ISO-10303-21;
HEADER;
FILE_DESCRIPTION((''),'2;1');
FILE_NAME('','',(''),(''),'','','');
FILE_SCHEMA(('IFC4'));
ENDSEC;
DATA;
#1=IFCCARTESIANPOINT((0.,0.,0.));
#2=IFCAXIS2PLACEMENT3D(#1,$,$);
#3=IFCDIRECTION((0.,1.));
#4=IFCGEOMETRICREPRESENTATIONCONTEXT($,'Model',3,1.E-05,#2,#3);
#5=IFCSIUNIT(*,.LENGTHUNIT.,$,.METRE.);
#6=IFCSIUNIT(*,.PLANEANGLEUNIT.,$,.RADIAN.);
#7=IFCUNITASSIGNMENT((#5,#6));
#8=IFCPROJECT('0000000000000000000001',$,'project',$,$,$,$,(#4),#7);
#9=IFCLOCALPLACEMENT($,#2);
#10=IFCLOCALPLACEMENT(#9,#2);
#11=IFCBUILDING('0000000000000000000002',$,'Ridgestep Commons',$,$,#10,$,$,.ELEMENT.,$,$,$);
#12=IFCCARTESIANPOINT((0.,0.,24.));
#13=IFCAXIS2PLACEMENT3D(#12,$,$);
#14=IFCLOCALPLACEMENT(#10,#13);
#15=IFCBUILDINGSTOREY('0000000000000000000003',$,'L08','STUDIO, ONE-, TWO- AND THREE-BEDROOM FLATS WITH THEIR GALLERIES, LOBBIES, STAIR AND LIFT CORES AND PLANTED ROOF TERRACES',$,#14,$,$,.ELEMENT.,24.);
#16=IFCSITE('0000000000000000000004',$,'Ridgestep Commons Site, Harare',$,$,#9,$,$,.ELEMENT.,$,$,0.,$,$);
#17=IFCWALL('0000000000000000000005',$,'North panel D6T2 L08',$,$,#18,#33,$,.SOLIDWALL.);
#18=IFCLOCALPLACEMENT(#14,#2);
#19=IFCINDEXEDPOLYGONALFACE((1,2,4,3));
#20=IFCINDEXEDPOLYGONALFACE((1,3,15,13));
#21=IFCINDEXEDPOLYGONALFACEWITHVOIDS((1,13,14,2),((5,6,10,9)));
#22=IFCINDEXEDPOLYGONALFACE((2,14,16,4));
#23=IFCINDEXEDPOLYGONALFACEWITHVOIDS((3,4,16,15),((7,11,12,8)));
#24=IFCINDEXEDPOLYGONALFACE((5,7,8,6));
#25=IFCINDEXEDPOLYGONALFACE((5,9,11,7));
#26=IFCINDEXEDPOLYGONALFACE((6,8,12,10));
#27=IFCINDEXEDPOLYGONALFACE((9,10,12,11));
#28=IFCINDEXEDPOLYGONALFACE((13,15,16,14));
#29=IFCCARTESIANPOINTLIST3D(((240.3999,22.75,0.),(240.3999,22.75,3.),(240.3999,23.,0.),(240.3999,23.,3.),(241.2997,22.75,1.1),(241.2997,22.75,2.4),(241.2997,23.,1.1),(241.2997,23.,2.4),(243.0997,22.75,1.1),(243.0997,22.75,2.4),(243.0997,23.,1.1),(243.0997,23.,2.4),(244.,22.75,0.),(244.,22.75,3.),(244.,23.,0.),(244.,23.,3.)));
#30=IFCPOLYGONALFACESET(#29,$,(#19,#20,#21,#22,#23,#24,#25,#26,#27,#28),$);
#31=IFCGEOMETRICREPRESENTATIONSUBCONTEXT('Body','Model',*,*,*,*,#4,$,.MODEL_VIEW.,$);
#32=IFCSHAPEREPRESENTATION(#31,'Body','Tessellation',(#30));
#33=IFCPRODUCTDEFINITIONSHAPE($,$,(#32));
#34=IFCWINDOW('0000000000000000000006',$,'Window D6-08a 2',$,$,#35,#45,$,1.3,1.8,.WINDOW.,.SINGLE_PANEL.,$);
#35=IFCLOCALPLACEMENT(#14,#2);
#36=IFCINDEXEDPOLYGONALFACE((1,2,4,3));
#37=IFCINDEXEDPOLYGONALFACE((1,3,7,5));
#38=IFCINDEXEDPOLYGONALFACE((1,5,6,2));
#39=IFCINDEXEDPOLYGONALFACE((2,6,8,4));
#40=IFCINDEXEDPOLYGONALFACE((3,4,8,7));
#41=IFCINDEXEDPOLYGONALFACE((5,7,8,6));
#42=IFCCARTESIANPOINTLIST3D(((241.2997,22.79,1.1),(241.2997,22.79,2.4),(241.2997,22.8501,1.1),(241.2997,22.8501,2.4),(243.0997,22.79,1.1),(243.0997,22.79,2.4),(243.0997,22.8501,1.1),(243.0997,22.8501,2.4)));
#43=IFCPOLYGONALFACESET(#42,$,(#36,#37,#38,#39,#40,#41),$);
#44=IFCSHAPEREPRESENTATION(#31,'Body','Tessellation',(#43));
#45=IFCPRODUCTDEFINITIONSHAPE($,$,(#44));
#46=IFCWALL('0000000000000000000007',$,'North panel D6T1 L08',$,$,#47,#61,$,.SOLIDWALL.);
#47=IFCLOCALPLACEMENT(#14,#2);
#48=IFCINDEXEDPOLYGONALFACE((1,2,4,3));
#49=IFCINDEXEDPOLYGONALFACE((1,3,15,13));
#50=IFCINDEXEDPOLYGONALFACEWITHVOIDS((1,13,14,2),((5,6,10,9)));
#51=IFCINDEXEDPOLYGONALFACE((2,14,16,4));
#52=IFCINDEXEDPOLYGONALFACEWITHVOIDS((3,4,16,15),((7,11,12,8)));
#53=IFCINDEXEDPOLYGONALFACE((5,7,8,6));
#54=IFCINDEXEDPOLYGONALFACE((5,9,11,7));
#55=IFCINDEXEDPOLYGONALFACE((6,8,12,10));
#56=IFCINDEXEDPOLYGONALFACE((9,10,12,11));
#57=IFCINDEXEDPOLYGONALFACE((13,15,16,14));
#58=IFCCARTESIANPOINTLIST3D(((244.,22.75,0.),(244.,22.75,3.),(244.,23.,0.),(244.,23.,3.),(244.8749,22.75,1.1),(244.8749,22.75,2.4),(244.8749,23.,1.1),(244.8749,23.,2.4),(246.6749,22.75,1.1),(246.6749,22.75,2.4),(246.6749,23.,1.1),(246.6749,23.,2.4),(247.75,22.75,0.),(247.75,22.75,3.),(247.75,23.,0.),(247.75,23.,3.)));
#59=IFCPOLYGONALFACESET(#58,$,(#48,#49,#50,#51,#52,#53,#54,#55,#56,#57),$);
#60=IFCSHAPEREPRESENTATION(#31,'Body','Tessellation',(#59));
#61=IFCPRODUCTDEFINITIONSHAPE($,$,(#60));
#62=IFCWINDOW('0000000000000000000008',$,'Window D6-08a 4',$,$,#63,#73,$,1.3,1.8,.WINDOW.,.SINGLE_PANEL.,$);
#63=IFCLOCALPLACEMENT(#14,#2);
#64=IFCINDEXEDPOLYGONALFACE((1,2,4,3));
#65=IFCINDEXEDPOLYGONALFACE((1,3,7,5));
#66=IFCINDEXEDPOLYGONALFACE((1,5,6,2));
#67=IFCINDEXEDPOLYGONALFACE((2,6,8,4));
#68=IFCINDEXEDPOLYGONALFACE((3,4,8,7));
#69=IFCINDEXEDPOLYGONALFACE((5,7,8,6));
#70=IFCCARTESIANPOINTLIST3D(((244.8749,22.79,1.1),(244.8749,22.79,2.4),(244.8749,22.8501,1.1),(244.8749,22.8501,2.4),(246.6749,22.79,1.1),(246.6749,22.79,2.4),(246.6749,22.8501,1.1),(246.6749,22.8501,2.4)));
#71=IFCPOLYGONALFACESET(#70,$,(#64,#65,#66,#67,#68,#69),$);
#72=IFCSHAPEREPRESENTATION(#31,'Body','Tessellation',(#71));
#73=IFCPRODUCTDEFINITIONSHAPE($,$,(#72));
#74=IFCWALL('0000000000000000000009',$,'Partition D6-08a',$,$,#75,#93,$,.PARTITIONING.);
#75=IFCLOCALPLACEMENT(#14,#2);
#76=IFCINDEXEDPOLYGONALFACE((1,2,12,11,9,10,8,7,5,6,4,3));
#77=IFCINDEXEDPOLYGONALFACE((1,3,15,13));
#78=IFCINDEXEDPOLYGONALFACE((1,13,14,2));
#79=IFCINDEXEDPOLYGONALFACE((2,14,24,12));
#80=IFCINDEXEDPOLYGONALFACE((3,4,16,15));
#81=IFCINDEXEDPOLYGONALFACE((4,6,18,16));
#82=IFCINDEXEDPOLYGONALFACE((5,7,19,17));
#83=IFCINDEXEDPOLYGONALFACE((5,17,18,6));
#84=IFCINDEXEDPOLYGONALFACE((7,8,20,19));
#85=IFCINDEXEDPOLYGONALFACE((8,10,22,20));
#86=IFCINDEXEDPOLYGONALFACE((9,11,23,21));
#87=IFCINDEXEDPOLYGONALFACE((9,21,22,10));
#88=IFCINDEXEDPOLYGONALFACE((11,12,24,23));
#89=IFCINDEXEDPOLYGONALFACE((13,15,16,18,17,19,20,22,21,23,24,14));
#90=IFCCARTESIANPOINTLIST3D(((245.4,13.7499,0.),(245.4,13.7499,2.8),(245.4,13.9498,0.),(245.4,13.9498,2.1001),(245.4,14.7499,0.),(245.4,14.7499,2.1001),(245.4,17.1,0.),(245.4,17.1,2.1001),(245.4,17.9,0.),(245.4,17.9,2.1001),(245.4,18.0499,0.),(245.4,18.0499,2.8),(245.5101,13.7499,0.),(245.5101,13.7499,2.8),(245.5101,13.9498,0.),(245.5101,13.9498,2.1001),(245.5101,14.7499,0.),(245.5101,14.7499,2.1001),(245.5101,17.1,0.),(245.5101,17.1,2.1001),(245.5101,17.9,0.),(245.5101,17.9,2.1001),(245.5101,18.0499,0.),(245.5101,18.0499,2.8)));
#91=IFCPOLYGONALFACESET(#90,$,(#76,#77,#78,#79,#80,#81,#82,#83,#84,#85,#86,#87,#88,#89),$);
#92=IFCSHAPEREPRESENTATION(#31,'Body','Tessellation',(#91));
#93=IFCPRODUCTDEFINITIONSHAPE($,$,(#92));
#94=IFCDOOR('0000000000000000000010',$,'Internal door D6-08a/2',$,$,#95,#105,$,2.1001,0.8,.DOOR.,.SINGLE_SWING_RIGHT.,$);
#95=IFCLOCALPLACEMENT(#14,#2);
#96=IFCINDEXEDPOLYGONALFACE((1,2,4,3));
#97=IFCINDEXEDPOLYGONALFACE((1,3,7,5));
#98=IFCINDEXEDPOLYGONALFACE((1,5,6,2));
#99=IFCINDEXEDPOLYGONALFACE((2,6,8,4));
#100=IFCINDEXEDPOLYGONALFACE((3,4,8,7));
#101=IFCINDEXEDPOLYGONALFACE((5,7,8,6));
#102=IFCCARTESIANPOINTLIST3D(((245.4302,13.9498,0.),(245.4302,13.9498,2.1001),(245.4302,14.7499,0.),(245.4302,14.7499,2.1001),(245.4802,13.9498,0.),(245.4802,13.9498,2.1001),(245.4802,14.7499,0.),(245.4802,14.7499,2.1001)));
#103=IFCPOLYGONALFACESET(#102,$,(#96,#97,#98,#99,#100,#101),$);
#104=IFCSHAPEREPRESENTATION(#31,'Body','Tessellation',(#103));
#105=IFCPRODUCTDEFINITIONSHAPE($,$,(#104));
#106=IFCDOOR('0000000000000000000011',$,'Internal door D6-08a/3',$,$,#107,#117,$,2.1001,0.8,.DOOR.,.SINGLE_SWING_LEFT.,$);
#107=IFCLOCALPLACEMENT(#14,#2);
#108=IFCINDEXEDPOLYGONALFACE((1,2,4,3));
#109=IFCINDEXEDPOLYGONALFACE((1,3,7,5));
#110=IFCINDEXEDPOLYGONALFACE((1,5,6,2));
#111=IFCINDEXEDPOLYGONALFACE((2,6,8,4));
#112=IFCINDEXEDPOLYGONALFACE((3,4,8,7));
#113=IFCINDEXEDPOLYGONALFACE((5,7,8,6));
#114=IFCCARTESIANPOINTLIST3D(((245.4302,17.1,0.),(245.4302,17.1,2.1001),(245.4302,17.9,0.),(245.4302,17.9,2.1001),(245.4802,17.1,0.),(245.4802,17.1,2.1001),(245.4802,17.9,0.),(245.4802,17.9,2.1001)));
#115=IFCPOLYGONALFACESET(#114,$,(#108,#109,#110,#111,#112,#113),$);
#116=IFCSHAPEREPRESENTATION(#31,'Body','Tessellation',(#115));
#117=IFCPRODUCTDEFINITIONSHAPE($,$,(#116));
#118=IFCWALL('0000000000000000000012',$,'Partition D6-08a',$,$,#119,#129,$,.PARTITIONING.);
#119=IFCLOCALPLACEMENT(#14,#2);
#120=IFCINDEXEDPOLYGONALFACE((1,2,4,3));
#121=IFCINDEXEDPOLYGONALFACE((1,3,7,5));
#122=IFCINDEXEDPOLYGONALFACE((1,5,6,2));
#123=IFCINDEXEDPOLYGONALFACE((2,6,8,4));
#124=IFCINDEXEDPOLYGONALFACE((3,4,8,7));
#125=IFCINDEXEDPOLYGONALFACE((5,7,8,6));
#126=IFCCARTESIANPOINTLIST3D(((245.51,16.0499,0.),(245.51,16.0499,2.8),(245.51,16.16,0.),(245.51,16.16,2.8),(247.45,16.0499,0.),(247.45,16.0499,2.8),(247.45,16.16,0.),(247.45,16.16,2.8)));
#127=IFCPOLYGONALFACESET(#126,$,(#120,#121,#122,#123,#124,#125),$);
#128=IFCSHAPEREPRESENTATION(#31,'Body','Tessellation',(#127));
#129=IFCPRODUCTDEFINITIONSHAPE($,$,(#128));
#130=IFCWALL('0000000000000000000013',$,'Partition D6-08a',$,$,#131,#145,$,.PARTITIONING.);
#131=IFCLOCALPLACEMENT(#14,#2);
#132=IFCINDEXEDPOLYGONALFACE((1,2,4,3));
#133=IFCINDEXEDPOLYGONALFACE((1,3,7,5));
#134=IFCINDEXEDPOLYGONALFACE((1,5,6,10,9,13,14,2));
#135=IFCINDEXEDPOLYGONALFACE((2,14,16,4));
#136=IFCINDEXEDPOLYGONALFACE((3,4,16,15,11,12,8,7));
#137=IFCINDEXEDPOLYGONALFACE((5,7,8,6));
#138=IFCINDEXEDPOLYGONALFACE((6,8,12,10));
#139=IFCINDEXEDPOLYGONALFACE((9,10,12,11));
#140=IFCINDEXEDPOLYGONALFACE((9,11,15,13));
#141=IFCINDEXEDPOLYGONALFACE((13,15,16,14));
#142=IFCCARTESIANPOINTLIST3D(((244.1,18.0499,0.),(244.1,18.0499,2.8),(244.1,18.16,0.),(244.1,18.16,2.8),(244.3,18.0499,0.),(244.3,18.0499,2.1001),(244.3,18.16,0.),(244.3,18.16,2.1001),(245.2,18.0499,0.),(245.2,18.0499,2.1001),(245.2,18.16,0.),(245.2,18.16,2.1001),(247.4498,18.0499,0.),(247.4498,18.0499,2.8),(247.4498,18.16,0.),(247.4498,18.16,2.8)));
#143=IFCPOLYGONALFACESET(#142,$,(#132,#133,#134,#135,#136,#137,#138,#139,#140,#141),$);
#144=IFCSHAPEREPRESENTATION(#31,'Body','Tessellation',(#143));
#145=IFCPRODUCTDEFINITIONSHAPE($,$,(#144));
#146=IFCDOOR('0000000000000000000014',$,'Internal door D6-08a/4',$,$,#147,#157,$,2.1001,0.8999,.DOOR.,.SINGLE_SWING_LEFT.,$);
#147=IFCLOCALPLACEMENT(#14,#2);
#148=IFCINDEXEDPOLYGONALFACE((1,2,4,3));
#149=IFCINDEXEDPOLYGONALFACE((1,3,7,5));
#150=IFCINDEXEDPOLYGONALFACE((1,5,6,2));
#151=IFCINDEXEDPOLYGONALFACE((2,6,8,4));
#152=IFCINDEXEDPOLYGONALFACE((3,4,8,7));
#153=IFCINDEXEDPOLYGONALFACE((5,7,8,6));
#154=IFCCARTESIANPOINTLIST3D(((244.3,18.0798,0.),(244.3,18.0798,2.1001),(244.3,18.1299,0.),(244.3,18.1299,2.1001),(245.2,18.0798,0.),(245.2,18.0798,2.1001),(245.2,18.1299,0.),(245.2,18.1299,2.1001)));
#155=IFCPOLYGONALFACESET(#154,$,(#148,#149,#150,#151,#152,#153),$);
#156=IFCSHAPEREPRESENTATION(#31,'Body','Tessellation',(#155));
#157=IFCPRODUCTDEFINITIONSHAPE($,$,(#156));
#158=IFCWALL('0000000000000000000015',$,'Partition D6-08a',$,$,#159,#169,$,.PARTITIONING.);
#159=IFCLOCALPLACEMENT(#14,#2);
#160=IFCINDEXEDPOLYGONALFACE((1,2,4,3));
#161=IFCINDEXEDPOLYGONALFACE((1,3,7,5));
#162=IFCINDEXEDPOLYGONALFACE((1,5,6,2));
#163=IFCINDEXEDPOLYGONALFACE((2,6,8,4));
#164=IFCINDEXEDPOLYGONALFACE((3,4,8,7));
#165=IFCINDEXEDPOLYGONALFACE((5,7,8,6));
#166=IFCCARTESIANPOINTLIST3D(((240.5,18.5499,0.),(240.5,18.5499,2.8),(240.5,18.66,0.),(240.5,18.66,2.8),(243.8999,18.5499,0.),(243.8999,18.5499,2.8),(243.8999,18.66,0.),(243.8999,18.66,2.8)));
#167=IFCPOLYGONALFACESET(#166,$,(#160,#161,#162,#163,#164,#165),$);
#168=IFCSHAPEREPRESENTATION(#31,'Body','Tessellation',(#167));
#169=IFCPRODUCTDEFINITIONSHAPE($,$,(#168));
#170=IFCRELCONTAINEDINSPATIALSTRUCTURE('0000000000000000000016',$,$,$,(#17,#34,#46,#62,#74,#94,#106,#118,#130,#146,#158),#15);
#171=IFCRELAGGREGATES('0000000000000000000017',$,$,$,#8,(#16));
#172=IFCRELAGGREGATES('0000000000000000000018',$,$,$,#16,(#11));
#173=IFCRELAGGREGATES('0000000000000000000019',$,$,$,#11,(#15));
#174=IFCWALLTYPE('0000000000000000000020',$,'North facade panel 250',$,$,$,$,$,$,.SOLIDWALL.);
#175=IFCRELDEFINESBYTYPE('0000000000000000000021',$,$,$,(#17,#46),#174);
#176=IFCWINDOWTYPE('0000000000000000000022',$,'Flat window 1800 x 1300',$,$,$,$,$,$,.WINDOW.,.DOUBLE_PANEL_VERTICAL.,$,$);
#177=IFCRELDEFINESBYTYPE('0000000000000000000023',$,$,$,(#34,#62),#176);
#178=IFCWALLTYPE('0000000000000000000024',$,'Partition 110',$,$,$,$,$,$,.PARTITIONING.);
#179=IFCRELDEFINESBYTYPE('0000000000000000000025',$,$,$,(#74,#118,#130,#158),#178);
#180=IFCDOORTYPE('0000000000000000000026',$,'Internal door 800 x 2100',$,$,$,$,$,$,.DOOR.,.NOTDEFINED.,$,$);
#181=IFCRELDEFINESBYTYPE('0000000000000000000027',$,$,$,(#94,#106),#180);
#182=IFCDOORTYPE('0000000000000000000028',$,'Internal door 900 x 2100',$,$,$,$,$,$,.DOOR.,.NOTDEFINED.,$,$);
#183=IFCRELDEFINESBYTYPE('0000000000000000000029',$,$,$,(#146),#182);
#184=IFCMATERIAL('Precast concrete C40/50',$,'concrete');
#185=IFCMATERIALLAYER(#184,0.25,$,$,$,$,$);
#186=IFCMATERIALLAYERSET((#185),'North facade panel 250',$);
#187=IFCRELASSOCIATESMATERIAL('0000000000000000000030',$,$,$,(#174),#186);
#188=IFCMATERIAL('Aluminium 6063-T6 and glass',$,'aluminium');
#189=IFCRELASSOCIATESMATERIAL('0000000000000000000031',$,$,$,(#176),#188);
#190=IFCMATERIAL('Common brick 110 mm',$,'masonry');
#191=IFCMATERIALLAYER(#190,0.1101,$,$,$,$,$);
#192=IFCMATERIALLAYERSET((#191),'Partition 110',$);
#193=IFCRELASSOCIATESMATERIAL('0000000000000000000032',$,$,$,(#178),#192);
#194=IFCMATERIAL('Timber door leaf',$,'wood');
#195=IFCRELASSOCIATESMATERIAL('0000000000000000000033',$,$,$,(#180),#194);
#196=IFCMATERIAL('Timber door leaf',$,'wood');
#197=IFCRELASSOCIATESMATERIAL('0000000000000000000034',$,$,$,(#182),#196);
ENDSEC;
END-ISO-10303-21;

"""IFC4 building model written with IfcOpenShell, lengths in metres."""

from ifc_helpers import new_model, si_unit, direction, frame, frame_2d, origin, place, context, subcontext, project, spatial, rectangle, extrude, material, layer, layer_set, type_object, element, fill, save


model = new_model("IFC4")

# Units and contexts
model_context = context("Model", 3, precision=1e-05, world=origin(), true_north=direction((0.0, 1.0)))
body_context = subcontext(model_context, "Body", "Model", "MODEL_VIEW")
ifc_project = project(units=[si_unit("LENGTHUNIT", "METRE"), si_unit("PLANEANGLEUNIT", "RADIAN")], contexts=[model_context])

# Site, building, storey
site_placement = place(None, origin())
site = spatial("IfcSite", under=ifc_project, at=site_placement, Name="Ridgestep Commons Site, Harare", CompositionType="ELEMENT", RefElevation=0.0)
building_placement = place(site_placement, origin())
building = spatial("IfcBuilding", under=site, at=building_placement, Name="Ridgestep Commons", CompositionType="ELEMENT")
storey_placement = place(building_placement, frame((0.0, 0.0, 24.0)))
storey = spatial("IfcBuildingStorey", under=building, at=storey_placement, Name="L08", Description="STUDIO, ONE-, TWO- AND THREE-BEDROOM FLATS WITH THEIR GALLERIES, LOBBIES, STAIR AND LIFT CORES AND PLANTED ROOF TERRACES", CompositionType="ELEMENT", Elevation=24.0)

# Walls, openings, windows
ifc_material_1 = material(Name="Precast concrete C40/50", Category="concrete")
ifc_layer_1 = layer(ifc_material_1, 0.25)
ifc_layer_set_1 = layer_set([ifc_layer_1], Name="North facade panel 250")
wall_type_1 = type_object("IfcWallType", Name="North facade panel 250", PredefinedType="SOLIDWALL", material=ifc_layer_set_1)
wall_1_placement = place(storey_placement, frame((240.3999, 22.875, 0.0), z_axis=(0.0, 0.0, 1.0), x_axis=(1.0, 0.0, 0.0)))
wall_1 = element("IfcWall", 1, at=wall_1_placement, inside=storey, type_object=wall_type_1, Name="North panel D6T2 L08", PredefinedType="SOLIDWALL", context=body_context, shape_type="SweptSolid", body=[
    extrude(rectangle(XDim=3.6001, YDim=0.25, at=frame_2d((1.8, 0.0))), origin(), (0.0, 0.0, 1.0), 3.0),
])
opening_1_placement = place(wall_1_placement, frame((0.8999, 0.0, 1.1001)))
opening_1 = element("IfcOpeningElement", 2, at=opening_1_placement, cuts=wall_1, PredefinedType="OPENING", context=body_context, shape_type="SweptSolid", body=[
    extrude(rectangle(XDim=1.8, YDim=1.3, at=frame_2d((0.8999, 0.6499))), frame((0.0, 0.135, 0.0), z_axis=(0.0, -1.0, 0.0), x_axis=(1.0, 0.0, 0.0)), (0.0, 0.0, 1.0), 0.27),
])
ifc_material_2 = material(Name="Aluminium 6063-T6 and glass", Category="aluminium")
window_type = type_object("IfcWindowType", Name="Flat window 1800 x 1300", PartitioningType="DOUBLE_PANEL_VERTICAL", PredefinedType="WINDOW", material=ifc_material_2)
window_1_placement = place(opening_1_placement, origin())
window_1 = element("IfcWindow", 3, at=window_1_placement, inside=storey, type_object=window_type, Name="Window D6-08a 2", OverallHeight=1.3, OverallWidth=1.8, PartitioningType="SINGLE_PANEL", PredefinedType="WINDOW", context=body_context, shape_type="SweptSolid", body=[
    extrude(rectangle(XDim=1.8, YDim=1.3, at=frame_2d((0.8999, 0.6499))), frame((0.0, -0.0249, 0.0), z_axis=(0.0, -1.0, 0.0), x_axis=(1.0, 0.0, 0.0)), (0.0, 0.0, 1.0), 0.0601),
])
fill(opening_1, window_1)
wall_2_placement = place(storey_placement, frame((244.0, 22.875, 0.0), z_axis=(0.0, 0.0, 1.0), x_axis=(1.0, 0.0, 0.0)))
wall_2 = element("IfcWall", 4, at=wall_2_placement, inside=storey, type_object=wall_type_1, Name="North panel D6T1 L08", PredefinedType="SOLIDWALL", context=body_context, shape_type="SweptSolid", body=[
    extrude(rectangle(XDim=3.75, YDim=0.25, at=frame_2d((1.875, 0.0))), origin(), (0.0, 0.0, 1.0), 3.0),
])
opening_2_placement = place(wall_2_placement, frame((0.875, 0.0, 1.1001)))
opening_2 = element("IfcOpeningElement", 5, at=opening_2_placement, cuts=wall_2, PredefinedType="OPENING", context=body_context, shape_type="SweptSolid", body=[
    extrude(rectangle(XDim=1.8, YDim=1.3, at=frame_2d((0.8999, 0.6499))), frame((0.0, 0.135, 0.0), z_axis=(0.0, -1.0, 0.0), x_axis=(1.0, 0.0, 0.0)), (0.0, 0.0, 1.0), 0.27),
])
window_2_placement = place(opening_2_placement, origin())
window_2 = element("IfcWindow", 6, at=window_2_placement, inside=storey, type_object=window_type, Name="Window D6-08a 4", OverallHeight=1.3, OverallWidth=1.8, PartitioningType="SINGLE_PANEL", PredefinedType="WINDOW", context=body_context, shape_type="SweptSolid", body=[
    extrude(rectangle(XDim=1.8, YDim=1.3, at=frame_2d((0.8999, 0.6499))), frame((0.0, -0.0249, 0.0), z_axis=(0.0, -1.0, 0.0), x_axis=(1.0, 0.0, 0.0)), (0.0, 0.0, 1.0), 0.0601),
])
fill(opening_2, window_2)

# Wall, openings, doors
ifc_material_3 = material(Name="Common brick 110 mm", Category="masonry")
ifc_layer_2 = layer(ifc_material_3, 0.1101)
ifc_layer_set_2 = layer_set([ifc_layer_2], Name="Partition 110")
wall_type_2 = type_object("IfcWallType", Name="Partition 110", PredefinedType="PARTITIONING", material=ifc_layer_set_2)
wall_3_placement = place(storey_placement, frame((245.4551, 13.75, 0.0), z_axis=(0.0, 0.0, 1.0), x_axis=(0.0, 1.0, 0.0)))
wall_3 = element("IfcWall", 7, at=wall_3_placement, inside=storey, type_object=wall_type_2, Name="Partition D6-08a", PredefinedType="PARTITIONING", context=body_context, shape_type="SweptSolid", body=[
    extrude(rectangle(XDim=4.3, YDim=0.1101, at=frame_2d((2.1499, 0.0))), origin(), (0.0, 0.0, 1.0), 2.8),
])
opening_3_placement = place(wall_3_placement, frame((0.2, 0.0, 0.0)))
opening_3 = element("IfcOpeningElement", 8, at=opening_3_placement, cuts=wall_3, PredefinedType="OPENING", context=body_context, shape_type="SweptSolid", body=[
    extrude(rectangle(XDim=0.8, YDim=2.1001, at=frame_2d((0.3999, 1.05))), frame((0.0, 0.0649, 0.0), z_axis=(0.0, -1.0, 0.0), x_axis=(1.0, 0.0, 0.0)), (0.0, 0.0, 1.0), 0.1301),
])
opening_4_placement = place(wall_3_placement, frame((3.3501, 0.0, 0.0)))
opening_4 = element("IfcOpeningElement", 9, at=opening_4_placement, cuts=wall_3, PredefinedType="OPENING", context=body_context, shape_type="SweptSolid", body=[
    extrude(rectangle(XDim=0.8, YDim=2.1001, at=frame_2d((0.3999, 1.05))), frame((0.0, 0.0649, 0.0), z_axis=(0.0, -1.0, 0.0), x_axis=(1.0, 0.0, 0.0)), (0.0, 0.0, 1.0), 0.1301),
])
ifc_material_4 = material(Name="Timber door leaf", Category="wood")
door_type_1 = type_object("IfcDoorType", Name="Internal door 800 x 2100", OperationType="NOTDEFINED", PredefinedType="DOOR", material=ifc_material_4)
door_1_placement = place(opening_3_placement, origin())
door_1 = element("IfcDoor", 10, at=door_1_placement, inside=storey, type_object=door_type_1, Name="Internal door D6-08a/2", OperationType="SINGLE_SWING_RIGHT", OverallHeight=2.1001, OverallWidth=0.8, PredefinedType="DOOR", context=body_context, shape_type="SweptSolid", body=[
    extrude(rectangle(XDim=0.8, YDim=2.1001, at=frame_2d((0.3999, 1.05))), frame((0.0, 0.0249, 0.0), z_axis=(0.0, -1.0, 0.0), x_axis=(1.0, 0.0, 0.0)), (0.0, 0.0, 1.0), 0.05),
])
fill(opening_3, door_1)
door_2_placement = place(opening_4_placement, origin())
door_2 = element("IfcDoor", 11, at=door_2_placement, inside=storey, type_object=door_type_1, Name="Internal door D6-08a/3", OperationType="SINGLE_SWING_LEFT", OverallHeight=2.1001, OverallWidth=0.8, PredefinedType="DOOR", context=body_context, shape_type="SweptSolid", body=[
    extrude(rectangle(XDim=0.8, YDim=2.1001, at=frame_2d((0.3999, 1.05))), frame((0.0, 0.0249, 0.0), z_axis=(0.0, -1.0, 0.0), x_axis=(1.0, 0.0, 0.0)), (0.0, 0.0, 1.0), 0.05),
])
fill(opening_4, door_2)

# Wall
wall_4_placement = place(storey_placement, frame((245.51, 16.105, 0.0), z_axis=(0.0, 0.0, 1.0), x_axis=(1.0, 0.0, 0.0)))
element("IfcWall", 12, at=wall_4_placement, inside=storey, type_object=wall_type_2, Name="Partition D6-08a", PredefinedType="PARTITIONING", context=body_context, shape_type="SweptSolid", body=[
    extrude(rectangle(XDim=1.9399, YDim=0.1101, at=frame_2d((0.97, 0.0))), origin(), (0.0, 0.0, 1.0), 2.8),
])

# Wall, opening, door
wall_5_placement = place(storey_placement, frame((244.1001, 18.105, 0.0), z_axis=(0.0, 0.0, 1.0), x_axis=(1.0, 0.0, 0.0)))
wall_5 = element("IfcWall", 13, at=wall_5_placement, inside=storey, type_object=wall_type_2, Name="Partition D6-08a", PredefinedType="PARTITIONING", context=body_context, shape_type="SweptSolid", body=[
    extrude(rectangle(XDim=3.3499, YDim=0.1101, at=frame_2d((1.6748, 0.0))), origin(), (0.0, 0.0, 1.0), 2.8),
])
opening_5_placement = place(wall_5_placement, frame((0.2, 0.0, 0.0)))
opening_5 = element("IfcOpeningElement", 14, at=opening_5_placement, cuts=wall_5, PredefinedType="OPENING", context=body_context, shape_type="SweptSolid", body=[
    extrude(rectangle(XDim=0.8999, YDim=2.1001, at=frame_2d((0.45, 1.05))), frame((0.0, 0.0649, 0.0), z_axis=(0.0, -1.0, 0.0), x_axis=(1.0, 0.0, 0.0)), (0.0, 0.0, 1.0), 0.1301),
])
ifc_material_5 = material(Name="Timber door leaf", Category="wood")
door_type_2 = type_object("IfcDoorType", Name="Internal door 900 x 2100", OperationType="NOTDEFINED", PredefinedType="DOOR", material=ifc_material_5)
door_3_placement = place(opening_5_placement, origin())
door_3 = element("IfcDoor", 15, at=door_3_placement, inside=storey, type_object=door_type_2, Name="Internal door D6-08a/4", OperationType="SINGLE_SWING_LEFT", OverallHeight=2.1001, OverallWidth=0.8999, PredefinedType="DOOR", context=body_context, shape_type="SweptSolid", body=[
    extrude(rectangle(XDim=0.8999, YDim=2.1001, at=frame_2d((0.45, 1.05))), frame((0.0, 0.0249, 0.0), z_axis=(0.0, -1.0, 0.0), x_axis=(1.0, 0.0, 0.0)), (0.0, 0.0, 1.0), 0.05),
])
fill(opening_5, door_3)

# Wall
wall_6_placement = place(storey_placement, frame((240.5, 18.605, 0.0), z_axis=(0.0, 0.0, 1.0), x_axis=(1.0, 0.0, 0.0)))
element("IfcWall", 16, at=wall_6_placement, inside=storey, type_object=wall_type_2, Name="Partition D6-08a", PredefinedType="PARTITIONING", context=body_context, shape_type="SweptSolid", body=[
    extrude(rectangle(XDim=3.3999, YDim=0.1101, at=frame_2d((1.7, 0.0))), origin(), (0.0, 0.0, 1.0), 2.8),
])

save(model, "model.ifc")
